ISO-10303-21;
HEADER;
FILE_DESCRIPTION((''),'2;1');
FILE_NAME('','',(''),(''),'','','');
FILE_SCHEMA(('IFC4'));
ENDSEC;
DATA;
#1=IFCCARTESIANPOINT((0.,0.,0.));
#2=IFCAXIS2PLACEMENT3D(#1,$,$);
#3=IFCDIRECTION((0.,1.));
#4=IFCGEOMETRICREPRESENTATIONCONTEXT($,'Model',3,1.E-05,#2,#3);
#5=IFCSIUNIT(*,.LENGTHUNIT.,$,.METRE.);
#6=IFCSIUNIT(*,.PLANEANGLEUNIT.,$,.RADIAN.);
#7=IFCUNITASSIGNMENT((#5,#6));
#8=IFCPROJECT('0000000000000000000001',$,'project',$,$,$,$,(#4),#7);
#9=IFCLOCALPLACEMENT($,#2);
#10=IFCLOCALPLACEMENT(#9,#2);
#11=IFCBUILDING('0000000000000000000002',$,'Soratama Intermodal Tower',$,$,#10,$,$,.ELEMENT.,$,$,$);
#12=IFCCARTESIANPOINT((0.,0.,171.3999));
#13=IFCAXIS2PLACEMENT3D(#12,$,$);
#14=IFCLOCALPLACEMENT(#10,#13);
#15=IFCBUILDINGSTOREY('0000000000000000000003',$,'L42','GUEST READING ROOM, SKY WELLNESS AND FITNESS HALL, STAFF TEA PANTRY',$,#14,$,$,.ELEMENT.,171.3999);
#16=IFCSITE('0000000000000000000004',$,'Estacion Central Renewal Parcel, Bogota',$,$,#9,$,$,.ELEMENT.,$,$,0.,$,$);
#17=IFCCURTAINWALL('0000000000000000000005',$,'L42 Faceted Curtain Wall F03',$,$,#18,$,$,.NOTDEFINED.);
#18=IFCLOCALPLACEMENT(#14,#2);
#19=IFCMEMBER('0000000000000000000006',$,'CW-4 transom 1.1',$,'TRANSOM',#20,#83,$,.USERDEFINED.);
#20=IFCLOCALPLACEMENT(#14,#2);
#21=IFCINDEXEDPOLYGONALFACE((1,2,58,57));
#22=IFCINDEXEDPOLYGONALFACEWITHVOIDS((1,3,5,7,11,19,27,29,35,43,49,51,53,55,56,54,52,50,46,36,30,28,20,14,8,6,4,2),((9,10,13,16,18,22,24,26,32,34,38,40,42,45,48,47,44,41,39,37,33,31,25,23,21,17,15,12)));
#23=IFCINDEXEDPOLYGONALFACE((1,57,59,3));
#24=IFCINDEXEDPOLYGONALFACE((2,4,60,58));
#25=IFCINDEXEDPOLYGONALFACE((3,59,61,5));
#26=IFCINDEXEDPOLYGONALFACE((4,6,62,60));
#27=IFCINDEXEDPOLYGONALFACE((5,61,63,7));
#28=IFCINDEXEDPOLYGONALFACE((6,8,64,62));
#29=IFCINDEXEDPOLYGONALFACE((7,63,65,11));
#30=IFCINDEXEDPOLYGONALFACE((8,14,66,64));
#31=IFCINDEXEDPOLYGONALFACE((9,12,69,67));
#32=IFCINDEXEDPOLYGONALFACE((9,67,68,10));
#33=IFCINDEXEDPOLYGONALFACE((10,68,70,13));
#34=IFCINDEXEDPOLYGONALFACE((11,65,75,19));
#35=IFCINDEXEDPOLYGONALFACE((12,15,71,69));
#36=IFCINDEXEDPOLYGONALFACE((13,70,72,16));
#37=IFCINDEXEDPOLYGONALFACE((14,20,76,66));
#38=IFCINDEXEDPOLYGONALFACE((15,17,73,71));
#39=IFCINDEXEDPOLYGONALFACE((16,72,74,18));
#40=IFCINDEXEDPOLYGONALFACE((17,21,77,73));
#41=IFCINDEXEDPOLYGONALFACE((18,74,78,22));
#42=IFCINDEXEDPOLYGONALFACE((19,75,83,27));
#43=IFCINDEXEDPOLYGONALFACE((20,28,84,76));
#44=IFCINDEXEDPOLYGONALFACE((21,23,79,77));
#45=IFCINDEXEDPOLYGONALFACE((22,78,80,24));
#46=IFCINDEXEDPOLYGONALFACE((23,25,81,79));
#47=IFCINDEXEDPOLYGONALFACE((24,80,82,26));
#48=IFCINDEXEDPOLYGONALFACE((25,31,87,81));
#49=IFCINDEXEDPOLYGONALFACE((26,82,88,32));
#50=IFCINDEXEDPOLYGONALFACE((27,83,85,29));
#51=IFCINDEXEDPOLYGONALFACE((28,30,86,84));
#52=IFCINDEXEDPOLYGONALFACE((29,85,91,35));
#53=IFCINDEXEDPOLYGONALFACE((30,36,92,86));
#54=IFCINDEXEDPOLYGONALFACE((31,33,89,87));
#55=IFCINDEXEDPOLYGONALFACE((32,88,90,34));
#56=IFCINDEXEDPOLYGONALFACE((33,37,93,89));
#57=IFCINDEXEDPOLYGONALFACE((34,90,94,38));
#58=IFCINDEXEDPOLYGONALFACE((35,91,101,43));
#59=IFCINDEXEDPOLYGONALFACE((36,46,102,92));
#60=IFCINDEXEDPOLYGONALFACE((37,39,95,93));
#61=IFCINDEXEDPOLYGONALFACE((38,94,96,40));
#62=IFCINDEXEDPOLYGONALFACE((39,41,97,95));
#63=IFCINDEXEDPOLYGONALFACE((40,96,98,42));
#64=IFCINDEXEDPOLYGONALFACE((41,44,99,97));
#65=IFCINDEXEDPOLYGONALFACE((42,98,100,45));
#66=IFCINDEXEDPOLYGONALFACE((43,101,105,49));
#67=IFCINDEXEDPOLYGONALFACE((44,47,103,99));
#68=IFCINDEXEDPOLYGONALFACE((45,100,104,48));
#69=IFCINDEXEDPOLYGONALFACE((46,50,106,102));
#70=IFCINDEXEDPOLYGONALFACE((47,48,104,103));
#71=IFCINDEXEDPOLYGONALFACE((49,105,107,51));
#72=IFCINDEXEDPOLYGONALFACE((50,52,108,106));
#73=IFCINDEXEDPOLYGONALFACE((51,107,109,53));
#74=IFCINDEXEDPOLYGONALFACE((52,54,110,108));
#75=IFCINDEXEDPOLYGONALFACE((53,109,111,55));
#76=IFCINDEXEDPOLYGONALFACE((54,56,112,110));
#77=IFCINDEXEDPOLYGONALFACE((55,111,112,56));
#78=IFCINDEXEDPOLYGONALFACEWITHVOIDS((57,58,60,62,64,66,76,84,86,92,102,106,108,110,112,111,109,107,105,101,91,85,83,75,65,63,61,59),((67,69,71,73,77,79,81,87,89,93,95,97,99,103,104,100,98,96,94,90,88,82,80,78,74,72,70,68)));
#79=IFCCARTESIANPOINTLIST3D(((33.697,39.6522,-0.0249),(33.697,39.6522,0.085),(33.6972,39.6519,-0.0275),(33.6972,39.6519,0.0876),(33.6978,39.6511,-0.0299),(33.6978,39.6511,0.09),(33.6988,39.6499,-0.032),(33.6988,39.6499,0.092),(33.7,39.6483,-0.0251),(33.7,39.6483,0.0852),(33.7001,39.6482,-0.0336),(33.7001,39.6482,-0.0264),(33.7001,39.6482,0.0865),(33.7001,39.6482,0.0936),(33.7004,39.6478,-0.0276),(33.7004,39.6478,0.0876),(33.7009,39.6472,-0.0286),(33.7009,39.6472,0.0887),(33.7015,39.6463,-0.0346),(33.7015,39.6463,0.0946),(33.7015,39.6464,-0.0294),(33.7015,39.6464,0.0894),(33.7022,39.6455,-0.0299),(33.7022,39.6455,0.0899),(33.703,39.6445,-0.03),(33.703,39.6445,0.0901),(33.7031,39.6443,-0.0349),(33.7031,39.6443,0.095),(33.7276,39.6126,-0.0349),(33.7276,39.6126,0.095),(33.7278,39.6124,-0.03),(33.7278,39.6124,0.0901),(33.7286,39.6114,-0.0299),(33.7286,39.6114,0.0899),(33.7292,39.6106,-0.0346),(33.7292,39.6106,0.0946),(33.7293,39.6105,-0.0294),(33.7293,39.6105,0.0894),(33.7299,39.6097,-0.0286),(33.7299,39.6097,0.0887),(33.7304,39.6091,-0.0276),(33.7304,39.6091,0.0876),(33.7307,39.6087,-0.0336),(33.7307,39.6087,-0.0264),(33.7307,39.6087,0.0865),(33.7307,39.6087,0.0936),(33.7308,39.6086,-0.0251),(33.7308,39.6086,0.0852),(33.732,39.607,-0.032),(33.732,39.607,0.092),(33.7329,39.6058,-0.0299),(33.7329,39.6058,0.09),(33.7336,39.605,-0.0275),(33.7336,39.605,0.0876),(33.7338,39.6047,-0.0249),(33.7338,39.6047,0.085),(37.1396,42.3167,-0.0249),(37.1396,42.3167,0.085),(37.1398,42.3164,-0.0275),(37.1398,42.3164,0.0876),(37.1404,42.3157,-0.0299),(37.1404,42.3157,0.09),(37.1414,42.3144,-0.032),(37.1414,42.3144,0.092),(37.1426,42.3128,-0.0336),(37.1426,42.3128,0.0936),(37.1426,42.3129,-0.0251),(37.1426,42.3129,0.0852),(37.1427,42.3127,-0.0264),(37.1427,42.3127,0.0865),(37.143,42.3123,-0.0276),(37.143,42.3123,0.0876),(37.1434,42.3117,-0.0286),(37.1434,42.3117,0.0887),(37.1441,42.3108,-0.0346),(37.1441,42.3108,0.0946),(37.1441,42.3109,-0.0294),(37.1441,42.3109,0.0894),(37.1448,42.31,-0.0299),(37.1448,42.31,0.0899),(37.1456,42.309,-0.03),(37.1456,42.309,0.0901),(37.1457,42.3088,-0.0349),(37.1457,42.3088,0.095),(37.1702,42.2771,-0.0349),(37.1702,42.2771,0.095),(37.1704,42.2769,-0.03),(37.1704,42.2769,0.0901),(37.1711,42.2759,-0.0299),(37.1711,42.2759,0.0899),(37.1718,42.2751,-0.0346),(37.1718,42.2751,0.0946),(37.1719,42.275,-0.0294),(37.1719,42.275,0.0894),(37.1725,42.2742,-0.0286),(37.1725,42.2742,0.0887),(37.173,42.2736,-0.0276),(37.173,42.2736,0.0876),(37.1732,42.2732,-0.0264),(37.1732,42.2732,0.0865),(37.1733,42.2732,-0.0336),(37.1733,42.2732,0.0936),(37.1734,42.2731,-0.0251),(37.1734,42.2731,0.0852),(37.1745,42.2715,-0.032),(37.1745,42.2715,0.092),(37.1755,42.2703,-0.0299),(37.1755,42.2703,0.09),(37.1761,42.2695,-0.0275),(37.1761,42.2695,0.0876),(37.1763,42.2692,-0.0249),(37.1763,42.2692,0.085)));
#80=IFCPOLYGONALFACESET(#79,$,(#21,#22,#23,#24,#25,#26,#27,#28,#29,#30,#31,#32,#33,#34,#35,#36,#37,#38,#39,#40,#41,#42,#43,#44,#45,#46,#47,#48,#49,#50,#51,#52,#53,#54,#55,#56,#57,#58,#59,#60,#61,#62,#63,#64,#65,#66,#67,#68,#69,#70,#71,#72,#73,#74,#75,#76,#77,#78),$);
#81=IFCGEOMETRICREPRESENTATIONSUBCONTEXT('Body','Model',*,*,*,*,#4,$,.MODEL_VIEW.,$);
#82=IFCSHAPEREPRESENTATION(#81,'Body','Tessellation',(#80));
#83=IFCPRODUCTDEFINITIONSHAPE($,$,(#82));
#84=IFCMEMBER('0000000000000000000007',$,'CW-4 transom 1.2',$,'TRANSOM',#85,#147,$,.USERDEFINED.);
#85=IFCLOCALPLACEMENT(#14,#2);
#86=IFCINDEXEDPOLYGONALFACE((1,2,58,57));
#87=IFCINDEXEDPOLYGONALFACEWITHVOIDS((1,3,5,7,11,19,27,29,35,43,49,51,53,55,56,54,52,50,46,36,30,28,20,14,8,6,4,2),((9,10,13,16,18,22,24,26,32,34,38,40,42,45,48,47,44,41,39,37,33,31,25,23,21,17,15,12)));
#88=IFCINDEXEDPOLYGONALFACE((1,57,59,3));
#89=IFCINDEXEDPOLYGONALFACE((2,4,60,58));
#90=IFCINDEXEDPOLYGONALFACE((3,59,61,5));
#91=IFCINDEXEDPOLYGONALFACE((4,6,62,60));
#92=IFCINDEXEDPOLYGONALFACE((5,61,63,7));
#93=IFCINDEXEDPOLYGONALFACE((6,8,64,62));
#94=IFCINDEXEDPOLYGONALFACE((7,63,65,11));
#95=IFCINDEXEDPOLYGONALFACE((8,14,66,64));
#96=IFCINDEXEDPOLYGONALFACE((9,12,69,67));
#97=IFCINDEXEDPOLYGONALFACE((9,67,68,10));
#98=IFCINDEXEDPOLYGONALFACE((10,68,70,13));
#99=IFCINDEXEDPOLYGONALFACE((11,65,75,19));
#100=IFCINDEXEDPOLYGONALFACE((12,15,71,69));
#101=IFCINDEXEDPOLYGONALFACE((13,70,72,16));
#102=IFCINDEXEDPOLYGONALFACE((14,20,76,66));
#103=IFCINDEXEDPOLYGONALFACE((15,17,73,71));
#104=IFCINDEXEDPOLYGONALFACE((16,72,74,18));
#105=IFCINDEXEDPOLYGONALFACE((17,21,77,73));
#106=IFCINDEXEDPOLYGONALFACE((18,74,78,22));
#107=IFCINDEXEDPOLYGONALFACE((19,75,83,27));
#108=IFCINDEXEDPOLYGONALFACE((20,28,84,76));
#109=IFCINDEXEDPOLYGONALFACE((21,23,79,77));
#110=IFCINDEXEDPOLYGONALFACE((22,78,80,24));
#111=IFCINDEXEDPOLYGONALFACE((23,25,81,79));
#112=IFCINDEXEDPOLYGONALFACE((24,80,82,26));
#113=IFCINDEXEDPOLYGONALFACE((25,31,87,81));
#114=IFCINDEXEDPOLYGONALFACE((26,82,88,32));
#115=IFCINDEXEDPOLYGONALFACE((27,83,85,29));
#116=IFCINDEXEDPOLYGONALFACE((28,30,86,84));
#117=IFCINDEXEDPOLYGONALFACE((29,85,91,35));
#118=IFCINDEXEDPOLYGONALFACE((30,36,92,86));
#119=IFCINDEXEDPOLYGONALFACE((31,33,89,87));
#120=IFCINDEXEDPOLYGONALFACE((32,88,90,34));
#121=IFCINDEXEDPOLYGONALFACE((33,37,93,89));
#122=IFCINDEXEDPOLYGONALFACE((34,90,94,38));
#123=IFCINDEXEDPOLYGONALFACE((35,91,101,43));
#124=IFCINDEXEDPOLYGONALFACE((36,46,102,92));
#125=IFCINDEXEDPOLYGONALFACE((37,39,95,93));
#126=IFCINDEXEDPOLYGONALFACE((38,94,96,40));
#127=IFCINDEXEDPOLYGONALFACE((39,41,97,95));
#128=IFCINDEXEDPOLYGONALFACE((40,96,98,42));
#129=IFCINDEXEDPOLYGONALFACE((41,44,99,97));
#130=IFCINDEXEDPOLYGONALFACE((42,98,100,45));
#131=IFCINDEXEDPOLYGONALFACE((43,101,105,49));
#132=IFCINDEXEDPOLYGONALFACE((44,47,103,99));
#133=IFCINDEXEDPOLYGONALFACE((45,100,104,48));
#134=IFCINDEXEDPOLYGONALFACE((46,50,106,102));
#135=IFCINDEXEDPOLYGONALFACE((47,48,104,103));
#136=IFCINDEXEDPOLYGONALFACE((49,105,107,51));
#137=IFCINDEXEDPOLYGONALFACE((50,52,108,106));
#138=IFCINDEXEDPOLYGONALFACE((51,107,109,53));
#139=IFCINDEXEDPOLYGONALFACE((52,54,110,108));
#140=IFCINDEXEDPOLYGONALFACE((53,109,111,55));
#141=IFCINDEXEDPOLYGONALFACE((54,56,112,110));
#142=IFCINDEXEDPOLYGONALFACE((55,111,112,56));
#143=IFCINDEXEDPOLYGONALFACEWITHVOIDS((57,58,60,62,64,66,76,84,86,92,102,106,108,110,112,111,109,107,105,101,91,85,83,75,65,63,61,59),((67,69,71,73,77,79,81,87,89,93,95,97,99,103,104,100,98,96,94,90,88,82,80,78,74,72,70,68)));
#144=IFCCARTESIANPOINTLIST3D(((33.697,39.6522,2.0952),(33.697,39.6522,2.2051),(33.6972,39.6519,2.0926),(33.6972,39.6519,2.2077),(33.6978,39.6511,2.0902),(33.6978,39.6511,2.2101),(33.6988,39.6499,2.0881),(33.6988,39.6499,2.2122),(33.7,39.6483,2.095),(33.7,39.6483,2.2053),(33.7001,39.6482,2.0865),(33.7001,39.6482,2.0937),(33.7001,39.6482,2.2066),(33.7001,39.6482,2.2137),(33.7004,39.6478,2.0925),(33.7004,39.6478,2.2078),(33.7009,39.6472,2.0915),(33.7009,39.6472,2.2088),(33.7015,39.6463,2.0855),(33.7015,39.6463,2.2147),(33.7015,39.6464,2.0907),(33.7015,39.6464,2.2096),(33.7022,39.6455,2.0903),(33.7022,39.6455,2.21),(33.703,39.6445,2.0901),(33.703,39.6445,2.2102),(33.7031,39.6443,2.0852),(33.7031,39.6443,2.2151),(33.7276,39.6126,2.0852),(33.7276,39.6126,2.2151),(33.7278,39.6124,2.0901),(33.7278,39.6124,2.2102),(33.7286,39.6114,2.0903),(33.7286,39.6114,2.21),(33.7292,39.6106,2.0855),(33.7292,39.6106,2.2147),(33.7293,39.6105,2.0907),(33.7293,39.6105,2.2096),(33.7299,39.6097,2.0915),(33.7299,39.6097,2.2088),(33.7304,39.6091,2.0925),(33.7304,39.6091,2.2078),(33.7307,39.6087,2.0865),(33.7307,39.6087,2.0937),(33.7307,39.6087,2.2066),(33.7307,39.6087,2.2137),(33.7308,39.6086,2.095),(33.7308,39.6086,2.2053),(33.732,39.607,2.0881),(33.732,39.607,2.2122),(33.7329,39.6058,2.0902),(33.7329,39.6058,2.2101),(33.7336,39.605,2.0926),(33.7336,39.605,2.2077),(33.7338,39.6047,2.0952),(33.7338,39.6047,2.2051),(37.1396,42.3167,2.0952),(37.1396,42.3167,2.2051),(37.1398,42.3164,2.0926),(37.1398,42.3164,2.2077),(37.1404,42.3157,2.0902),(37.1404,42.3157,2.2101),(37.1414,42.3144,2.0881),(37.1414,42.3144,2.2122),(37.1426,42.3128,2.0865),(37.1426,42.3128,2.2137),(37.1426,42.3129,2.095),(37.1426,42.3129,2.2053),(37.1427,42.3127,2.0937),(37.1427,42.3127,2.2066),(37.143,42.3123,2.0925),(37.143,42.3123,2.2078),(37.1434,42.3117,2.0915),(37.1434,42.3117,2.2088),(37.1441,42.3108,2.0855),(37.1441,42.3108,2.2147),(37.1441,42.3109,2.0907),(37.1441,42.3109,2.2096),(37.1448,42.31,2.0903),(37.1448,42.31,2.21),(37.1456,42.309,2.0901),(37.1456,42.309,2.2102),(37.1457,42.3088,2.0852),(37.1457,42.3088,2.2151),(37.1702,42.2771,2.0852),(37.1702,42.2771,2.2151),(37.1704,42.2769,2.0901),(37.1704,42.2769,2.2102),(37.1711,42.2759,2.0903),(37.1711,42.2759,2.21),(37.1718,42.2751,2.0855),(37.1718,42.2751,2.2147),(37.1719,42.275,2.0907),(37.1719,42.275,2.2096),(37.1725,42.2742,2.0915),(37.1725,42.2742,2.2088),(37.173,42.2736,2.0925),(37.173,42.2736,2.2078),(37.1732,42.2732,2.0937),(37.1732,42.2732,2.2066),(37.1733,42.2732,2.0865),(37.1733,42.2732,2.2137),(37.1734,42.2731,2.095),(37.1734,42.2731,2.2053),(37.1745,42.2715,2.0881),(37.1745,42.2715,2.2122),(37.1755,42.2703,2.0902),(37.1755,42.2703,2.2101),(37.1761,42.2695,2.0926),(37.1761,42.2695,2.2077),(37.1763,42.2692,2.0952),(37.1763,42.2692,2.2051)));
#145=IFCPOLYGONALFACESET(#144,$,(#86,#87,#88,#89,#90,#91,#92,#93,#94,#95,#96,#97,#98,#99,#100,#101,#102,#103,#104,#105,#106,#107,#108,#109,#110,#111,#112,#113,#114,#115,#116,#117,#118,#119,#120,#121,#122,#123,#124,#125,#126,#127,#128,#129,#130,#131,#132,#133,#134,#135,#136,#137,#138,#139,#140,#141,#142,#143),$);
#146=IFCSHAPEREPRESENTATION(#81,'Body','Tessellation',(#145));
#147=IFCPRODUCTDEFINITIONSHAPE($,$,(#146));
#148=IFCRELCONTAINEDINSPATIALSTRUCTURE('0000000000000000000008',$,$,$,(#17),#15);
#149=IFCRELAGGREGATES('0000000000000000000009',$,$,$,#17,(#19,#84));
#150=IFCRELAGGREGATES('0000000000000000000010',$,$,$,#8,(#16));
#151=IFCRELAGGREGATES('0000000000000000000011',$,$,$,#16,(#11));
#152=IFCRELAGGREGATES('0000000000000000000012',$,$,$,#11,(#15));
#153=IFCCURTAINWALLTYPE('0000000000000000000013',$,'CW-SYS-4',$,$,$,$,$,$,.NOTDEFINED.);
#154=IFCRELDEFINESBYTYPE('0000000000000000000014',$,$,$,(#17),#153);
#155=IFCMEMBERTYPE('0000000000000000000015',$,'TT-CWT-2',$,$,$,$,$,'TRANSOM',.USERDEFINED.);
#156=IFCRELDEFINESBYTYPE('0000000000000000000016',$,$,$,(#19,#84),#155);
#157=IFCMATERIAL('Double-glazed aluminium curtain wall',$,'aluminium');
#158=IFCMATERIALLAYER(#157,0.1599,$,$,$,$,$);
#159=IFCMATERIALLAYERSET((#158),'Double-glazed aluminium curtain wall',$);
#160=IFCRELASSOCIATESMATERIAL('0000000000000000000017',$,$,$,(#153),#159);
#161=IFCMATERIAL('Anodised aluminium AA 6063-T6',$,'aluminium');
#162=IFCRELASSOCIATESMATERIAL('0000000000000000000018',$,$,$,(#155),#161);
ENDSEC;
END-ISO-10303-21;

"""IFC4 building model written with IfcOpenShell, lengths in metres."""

from ifc_helpers import new_model, si_unit, direction, frame, origin, origin_2d, place, context, subcontext, project, spatial, hollow_rectangle, extrude, material, layer, layer_set, material_profile, profile_set, type_object, element, aggregate, save


model = new_model("IFC4")

# Units and contexts
model_context = context("Model", 3, precision=1e-05, world=origin(), true_north=direction((0.0, 1.0)))
body_context = subcontext(model_context, "Body", "Model", "MODEL_VIEW")
ifc_project = project(units=[si_unit("LENGTHUNIT", "METRE"), si_unit("PLANEANGLEUNIT", "RADIAN")], contexts=[model_context])

# Site, building, storey
site_placement = place(None, origin())
site = spatial("IfcSite", under=ifc_project, at=site_placement, Name="Estacion Central Renewal Parcel, Bogota", CompositionType="ELEMENT", RefElevation=0.0)
building_placement = place(site_placement, origin())
building = spatial("IfcBuilding", under=site, at=building_placement, Name="Soratama Intermodal Tower", CompositionType="ELEMENT")
storey_placement = place(building_placement, frame((0.0, 0.0, 171.3999)))
storey = spatial("IfcBuildingStorey", under=building, at=storey_placement, Name="L42", Description="GUEST READING ROOM, SKY WELLNESS AND FITNESS HALL, STAFF TEA PANTRY", CompositionType="ELEMENT", Elevation=171.3999)

# Shared definitions
ifc_material_1 = material(Name="Double-glazed aluminium curtain wall", Category="aluminium")
ifc_layer_1 = layer(ifc_material_1, 0.1599)
ifc_layer_set_1 = layer_set([ifc_layer_1], Name="Double-glazed aluminium curtain wall")
curtain_wall_type = type_object("IfcCurtainWallType", Name="CW-SYS-4", PredefinedType="NOTDEFINED", material=ifc_layer_set_1)

# Curtain wall, members
curtain_wall_1_placement = place(storey_placement, origin())
curtain_wall_1 = element("IfcCurtainWall", 1, at=curtain_wall_1_placement, inside=storey, type_object=curtain_wall_type, Name="L42 Faceted Curtain Wall F03", PredefinedType="NOTDEFINED")
ifc_material_2 = material(Name="Anodised aluminium AA 6063-T6", Category="aluminium")
ifc_material_profile_1 = material_profile(ifc_material_2, hollow_rectangle(XDim=0.0601, YDim=0.1299, WallThickness=0.0049, InnerFilletRadius=0.0049, OuterFilletRadius=0.01, at=origin_2d()), Name="CWT130X60X5")
ifc_profile_set_1 = profile_set([ifc_material_profile_1], Name="Anodised aluminium AA 6063-T6")
member_type_1 = type_object("IfcMemberType", Name="TT-CWT-2", ElementType="TRANSOM", PredefinedType="USERDEFINED", material=ifc_profile_set_1)
member_1_placement = place(storey_placement, frame((37.158, 42.293, 0.03), z_axis=(-0.790803, -0.612071, 0.0), x_axis=(0.612071, -0.790803, 0.0)))
member_1 = element("IfcMember", 2, at=member_1_placement, type_object=member_type_1, Name="CW-4 transom 1.1", ObjectType="TRANSOM", PredefinedType="USERDEFINED", context=body_context, shape_type="SweptSolid", body=[
    extrude(hollow_rectangle(XDim=0.0601, YDim=0.1299, WallThickness=0.0049, InnerFilletRadius=0.0049, OuterFilletRadius=0.01, at=origin_2d()), origin(), (0.0, 0.0, 1.0), 4.3533),
])
member_2_placement = place(storey_placement, frame((37.158, 42.293, 2.1501), z_axis=(-0.790803, -0.612071, 0.0), x_axis=(0.612071, -0.790803, 0.0)))
member_2 = element("IfcMember", 3, at=member_2_placement, type_object=member_type_1, Name="CW-4 transom 1.2", ObjectType="TRANSOM", PredefinedType="USERDEFINED", context=body_context, shape_type="SweptSolid", body=[
    extrude(hollow_rectangle(XDim=0.0601, YDim=0.1299, WallThickness=0.0049, InnerFilletRadius=0.0049, OuterFilletRadius=0.01, at=origin_2d()), origin(), (0.0, 0.0, 1.0), 4.3533),
])
aggregate(curtain_wall_1, [member_1, member_2])

save(model, "model.ifc")
